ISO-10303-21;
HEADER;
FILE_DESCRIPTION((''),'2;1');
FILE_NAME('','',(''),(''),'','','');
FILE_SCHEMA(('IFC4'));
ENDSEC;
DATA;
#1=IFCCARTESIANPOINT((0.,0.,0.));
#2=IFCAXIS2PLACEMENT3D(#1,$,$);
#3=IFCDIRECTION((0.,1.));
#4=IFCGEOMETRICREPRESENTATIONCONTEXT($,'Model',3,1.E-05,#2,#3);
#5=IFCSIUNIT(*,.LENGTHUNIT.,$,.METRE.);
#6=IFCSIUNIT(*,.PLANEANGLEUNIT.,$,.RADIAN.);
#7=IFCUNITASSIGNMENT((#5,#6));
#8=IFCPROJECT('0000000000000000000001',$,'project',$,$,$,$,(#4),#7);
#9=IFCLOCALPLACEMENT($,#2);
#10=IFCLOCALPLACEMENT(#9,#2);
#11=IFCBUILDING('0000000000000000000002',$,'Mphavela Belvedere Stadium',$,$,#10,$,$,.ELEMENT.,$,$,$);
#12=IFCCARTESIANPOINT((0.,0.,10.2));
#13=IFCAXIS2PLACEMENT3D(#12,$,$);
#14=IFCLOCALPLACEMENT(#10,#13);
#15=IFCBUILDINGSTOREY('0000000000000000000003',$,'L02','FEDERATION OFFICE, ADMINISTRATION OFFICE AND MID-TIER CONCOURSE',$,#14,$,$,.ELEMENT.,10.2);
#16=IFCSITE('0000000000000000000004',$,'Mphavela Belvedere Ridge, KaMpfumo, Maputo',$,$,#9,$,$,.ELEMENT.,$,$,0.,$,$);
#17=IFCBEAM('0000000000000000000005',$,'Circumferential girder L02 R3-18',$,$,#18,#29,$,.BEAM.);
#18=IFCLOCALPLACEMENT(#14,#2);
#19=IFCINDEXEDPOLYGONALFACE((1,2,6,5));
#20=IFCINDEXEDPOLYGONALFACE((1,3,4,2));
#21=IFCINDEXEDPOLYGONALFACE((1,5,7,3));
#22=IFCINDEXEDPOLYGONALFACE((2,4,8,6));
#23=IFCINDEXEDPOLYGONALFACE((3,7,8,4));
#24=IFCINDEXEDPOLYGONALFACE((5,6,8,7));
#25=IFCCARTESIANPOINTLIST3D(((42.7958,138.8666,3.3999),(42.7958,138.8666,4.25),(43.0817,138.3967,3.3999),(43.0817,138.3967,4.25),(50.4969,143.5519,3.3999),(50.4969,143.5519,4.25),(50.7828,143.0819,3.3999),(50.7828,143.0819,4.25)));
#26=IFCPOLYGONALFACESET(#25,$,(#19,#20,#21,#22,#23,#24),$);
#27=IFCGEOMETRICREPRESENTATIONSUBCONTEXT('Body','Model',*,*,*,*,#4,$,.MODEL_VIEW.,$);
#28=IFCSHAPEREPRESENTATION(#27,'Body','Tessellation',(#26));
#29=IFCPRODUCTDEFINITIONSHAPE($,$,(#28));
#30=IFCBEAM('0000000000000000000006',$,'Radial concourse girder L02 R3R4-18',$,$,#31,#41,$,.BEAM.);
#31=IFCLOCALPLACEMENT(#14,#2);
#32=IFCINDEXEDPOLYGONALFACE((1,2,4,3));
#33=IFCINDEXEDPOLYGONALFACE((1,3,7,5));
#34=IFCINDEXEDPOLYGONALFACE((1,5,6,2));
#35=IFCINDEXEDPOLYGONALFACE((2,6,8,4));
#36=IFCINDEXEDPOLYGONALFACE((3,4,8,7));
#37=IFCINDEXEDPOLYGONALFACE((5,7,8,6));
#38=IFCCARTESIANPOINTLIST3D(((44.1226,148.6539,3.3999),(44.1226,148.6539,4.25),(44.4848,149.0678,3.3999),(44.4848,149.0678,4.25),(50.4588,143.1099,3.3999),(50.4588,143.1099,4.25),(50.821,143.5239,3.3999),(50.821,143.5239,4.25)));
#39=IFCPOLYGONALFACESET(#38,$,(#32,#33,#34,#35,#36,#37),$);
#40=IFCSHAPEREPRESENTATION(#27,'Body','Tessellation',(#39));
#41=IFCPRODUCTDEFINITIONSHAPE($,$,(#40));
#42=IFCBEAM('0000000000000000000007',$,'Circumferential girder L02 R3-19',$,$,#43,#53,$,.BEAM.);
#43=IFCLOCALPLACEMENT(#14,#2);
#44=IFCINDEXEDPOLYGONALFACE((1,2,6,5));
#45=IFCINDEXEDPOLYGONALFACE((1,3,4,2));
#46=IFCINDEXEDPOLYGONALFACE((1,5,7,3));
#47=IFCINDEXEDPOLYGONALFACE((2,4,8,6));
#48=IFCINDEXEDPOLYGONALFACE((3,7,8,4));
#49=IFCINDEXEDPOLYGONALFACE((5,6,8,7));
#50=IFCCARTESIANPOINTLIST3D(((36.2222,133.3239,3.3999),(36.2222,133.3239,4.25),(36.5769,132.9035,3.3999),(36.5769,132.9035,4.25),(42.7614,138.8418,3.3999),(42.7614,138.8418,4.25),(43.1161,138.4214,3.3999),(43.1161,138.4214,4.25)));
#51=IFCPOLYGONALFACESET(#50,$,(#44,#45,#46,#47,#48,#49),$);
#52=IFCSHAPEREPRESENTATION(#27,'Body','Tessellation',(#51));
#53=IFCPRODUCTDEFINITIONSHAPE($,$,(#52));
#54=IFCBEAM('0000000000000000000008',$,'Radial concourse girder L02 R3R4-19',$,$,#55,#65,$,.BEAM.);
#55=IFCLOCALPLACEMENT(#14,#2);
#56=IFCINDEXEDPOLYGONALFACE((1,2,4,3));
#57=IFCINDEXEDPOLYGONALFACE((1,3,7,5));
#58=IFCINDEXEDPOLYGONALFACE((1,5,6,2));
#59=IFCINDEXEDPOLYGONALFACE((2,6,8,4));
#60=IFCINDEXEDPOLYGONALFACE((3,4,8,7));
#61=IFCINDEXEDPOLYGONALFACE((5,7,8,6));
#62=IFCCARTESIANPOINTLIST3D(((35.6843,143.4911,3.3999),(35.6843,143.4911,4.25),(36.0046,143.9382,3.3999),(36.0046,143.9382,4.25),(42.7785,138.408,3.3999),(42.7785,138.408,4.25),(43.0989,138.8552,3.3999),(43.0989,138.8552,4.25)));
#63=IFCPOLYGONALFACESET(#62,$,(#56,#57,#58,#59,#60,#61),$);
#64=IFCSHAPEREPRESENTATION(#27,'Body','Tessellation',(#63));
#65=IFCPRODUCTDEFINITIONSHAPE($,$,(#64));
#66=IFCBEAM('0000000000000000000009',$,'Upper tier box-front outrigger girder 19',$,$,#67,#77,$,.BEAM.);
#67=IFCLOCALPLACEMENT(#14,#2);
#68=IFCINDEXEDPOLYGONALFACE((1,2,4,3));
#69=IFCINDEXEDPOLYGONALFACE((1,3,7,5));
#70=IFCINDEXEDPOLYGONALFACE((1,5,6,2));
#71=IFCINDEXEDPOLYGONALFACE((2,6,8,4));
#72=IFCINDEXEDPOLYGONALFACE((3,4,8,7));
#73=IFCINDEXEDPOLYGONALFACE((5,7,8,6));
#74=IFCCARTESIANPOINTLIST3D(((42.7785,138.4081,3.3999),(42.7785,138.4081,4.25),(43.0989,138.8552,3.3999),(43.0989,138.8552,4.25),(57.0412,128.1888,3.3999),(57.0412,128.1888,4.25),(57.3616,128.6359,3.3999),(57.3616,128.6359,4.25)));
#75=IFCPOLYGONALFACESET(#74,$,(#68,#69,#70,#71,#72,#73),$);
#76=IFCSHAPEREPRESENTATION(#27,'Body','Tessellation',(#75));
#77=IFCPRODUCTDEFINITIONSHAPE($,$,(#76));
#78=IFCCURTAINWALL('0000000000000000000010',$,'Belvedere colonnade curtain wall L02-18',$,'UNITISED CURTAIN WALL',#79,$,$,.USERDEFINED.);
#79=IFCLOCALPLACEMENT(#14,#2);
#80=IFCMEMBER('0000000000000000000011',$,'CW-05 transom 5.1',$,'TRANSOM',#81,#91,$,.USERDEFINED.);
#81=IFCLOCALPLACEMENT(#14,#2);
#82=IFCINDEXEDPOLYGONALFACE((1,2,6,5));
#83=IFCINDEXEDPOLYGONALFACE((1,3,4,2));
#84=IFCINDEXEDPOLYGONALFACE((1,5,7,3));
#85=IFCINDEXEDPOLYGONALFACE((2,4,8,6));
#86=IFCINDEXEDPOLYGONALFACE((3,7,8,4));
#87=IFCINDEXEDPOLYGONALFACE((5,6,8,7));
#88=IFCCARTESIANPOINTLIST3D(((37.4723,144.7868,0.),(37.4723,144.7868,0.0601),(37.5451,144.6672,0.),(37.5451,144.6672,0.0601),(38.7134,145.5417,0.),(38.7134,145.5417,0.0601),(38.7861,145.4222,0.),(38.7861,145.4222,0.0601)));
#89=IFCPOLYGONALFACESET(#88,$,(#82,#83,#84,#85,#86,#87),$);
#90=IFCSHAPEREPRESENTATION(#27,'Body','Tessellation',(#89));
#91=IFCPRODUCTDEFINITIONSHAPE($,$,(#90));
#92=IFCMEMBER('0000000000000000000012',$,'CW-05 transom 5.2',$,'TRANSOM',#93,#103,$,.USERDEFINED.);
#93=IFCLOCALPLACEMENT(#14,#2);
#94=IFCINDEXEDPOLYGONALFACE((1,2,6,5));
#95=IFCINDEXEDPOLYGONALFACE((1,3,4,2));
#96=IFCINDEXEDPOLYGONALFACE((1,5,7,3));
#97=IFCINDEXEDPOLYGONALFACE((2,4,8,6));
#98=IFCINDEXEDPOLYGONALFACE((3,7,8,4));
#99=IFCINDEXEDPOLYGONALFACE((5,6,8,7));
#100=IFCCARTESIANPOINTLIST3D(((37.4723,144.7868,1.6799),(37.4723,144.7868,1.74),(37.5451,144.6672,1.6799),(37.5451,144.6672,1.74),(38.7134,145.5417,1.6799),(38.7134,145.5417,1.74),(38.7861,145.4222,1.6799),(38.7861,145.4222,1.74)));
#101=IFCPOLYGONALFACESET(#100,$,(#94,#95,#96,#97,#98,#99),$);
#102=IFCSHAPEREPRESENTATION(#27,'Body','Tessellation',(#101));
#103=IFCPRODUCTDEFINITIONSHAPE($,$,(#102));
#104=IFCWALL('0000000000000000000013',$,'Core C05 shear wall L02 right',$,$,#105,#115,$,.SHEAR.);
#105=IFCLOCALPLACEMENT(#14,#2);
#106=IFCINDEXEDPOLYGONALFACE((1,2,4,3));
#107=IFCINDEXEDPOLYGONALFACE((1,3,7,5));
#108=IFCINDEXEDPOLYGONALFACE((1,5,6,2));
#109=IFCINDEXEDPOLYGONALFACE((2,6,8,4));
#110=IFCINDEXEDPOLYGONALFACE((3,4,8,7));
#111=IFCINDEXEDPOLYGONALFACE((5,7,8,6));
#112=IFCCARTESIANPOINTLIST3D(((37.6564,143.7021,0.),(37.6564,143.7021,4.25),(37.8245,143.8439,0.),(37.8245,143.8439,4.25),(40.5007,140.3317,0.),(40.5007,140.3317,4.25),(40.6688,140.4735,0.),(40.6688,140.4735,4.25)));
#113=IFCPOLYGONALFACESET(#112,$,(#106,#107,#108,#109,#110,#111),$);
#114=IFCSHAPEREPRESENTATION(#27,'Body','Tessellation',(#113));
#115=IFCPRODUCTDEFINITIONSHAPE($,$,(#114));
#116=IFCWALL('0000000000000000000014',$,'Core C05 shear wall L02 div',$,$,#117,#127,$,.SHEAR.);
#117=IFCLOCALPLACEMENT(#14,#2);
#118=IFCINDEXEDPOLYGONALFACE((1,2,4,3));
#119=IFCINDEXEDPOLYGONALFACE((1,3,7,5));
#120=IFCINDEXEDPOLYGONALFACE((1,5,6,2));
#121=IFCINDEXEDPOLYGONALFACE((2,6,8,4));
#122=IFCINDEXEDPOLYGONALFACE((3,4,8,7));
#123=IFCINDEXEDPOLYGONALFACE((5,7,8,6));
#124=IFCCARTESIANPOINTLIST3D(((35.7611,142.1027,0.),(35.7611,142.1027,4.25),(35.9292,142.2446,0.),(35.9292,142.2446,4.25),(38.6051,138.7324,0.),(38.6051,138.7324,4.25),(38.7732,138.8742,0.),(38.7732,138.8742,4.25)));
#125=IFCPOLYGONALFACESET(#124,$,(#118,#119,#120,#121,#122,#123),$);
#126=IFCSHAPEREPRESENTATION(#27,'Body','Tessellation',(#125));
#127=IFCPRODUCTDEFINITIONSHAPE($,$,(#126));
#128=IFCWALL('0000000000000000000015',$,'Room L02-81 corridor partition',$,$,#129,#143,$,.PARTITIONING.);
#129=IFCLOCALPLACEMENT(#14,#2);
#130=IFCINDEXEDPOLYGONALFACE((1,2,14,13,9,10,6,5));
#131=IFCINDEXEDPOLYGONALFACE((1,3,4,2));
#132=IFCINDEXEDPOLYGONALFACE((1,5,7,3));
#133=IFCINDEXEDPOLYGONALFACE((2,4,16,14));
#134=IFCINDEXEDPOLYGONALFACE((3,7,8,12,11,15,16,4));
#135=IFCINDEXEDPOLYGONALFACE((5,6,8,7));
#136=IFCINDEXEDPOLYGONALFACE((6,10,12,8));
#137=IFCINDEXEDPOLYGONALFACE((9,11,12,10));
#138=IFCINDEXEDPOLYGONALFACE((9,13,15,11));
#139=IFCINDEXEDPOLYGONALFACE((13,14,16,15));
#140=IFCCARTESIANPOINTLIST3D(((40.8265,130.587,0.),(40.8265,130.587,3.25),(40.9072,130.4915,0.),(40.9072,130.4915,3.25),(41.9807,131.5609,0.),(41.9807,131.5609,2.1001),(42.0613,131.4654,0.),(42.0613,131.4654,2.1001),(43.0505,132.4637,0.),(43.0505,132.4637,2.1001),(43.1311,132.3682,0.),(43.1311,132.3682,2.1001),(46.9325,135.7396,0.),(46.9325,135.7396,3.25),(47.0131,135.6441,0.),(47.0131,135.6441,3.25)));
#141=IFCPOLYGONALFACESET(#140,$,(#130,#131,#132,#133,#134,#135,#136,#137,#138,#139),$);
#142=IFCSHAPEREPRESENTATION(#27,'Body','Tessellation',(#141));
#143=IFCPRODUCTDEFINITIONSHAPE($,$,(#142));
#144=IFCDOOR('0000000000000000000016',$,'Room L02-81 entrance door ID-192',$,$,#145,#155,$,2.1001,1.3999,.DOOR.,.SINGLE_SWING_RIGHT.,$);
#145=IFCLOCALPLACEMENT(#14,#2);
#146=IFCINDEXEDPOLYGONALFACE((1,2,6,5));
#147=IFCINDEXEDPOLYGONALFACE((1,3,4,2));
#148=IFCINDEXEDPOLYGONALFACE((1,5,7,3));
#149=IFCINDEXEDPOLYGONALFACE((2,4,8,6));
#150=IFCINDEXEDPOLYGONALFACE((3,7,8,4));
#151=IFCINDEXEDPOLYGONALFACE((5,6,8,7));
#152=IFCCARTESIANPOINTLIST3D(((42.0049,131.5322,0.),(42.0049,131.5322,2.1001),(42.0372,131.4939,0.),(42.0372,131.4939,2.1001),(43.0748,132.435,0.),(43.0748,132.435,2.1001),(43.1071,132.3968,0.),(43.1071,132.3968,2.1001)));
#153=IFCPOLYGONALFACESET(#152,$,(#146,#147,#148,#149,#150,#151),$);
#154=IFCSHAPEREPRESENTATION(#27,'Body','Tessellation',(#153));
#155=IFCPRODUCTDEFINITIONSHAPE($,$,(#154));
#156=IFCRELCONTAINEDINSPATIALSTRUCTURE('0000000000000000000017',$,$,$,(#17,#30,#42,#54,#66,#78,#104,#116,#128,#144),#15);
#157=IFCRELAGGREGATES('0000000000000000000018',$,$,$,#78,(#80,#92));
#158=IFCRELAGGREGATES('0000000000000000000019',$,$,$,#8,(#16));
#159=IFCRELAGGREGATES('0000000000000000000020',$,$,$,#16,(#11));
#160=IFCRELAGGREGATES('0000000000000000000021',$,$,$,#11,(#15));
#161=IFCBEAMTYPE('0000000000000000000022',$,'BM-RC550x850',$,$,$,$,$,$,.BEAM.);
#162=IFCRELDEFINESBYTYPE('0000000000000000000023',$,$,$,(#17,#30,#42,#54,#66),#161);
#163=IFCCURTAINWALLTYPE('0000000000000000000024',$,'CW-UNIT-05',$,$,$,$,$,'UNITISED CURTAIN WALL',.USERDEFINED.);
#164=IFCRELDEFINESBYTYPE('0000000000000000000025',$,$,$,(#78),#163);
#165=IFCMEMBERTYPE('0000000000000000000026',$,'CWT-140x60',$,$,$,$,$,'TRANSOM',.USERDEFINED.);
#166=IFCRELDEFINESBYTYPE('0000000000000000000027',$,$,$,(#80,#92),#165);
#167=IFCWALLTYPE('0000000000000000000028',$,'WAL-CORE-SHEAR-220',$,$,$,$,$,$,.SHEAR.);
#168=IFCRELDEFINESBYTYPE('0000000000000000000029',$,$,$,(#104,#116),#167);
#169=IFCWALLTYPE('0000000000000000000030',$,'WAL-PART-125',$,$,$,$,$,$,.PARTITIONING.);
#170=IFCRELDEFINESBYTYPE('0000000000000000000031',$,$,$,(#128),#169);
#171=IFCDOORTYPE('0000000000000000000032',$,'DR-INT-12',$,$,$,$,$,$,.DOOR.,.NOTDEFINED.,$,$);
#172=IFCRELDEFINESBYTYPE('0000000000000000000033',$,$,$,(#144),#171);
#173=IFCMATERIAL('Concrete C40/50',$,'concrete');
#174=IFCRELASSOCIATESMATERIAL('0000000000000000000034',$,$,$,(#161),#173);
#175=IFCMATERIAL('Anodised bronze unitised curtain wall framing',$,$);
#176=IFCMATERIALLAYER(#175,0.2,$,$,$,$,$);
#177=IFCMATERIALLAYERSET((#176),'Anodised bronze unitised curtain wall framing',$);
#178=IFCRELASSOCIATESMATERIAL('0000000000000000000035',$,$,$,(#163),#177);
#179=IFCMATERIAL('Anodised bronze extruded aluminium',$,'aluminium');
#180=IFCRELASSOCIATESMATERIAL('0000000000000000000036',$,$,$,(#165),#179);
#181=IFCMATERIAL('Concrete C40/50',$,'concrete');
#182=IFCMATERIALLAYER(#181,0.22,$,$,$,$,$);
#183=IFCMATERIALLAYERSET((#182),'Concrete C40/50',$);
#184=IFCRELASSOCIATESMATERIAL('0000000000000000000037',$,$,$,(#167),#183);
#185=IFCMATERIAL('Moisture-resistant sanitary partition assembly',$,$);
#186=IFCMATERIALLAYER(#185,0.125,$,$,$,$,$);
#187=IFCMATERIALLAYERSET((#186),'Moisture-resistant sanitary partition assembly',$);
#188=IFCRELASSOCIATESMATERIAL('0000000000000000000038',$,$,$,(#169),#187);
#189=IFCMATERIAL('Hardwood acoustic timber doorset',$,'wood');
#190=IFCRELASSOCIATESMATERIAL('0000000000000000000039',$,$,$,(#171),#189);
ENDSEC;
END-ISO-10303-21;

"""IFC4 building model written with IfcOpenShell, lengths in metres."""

from ifc_helpers import new_model, si_unit, direction, frame, frame_2d, origin, origin_2d, place, context, subcontext, project, spatial, rectangle, extrude, material, layer, layer_set, material_profile, profile_set, type_object, element, fill, aggregate, save


model = new_model("IFC4")

# Units and contexts
model_context = context("Model", 3, precision=1e-05, world=origin(), true_north=direction((0.0, 1.0)))
body_context = subcontext(model_context, "Body", "Model", "MODEL_VIEW")
ifc_project = project(units=[si_unit("LENGTHUNIT", "METRE"), si_unit("PLANEANGLEUNIT", "RADIAN")], contexts=[model_context])

# Site, building, storey
site_placement = place(None, origin())
site = spatial("IfcSite", under=ifc_project, at=site_placement, Name="Mphavela Belvedere Ridge, KaMpfumo, Maputo", CompositionType="ELEMENT", RefElevation=0.0)
building_placement = place(site_placement, origin())
building = spatial("IfcBuilding", under=site, at=building_placement, Name="Mphavela Belvedere Stadium", CompositionType="ELEMENT")
storey_placement = place(building_placement, frame((0.0, 0.0, 10.2)))
storey = spatial("IfcBuildingStorey", under=building, at=storey_placement, Name="L02", Description="FEDERATION OFFICE, ADMINISTRATION OFFICE AND MID-TIER CONCOURSE", CompositionType="ELEMENT", Elevation=10.2)

# Beams
ifc_material_1 = material(Name="Concrete C40/50", Category="concrete")
ifc_material_profile_1 = material_profile(ifc_material_1, rectangle(XDim=0.55, YDim=0.8501, at=origin_2d()), Name="RC 550x850")
ifc_profile_set_1 = profile_set([ifc_material_profile_1], Name="Concrete C40/50")
beam_type_1 = type_object("IfcBeamType", Name="BM-RC550x850", PredefinedType="BEAM", material=ifc_profile_set_1)
beam_1_placement = place(storey_placement, frame((50.6399, 143.3169, 3.825), z_axis=(-0.854315, -0.519755, 0.0), x_axis=(0.519755, -0.854315, 0.0)))
element("IfcBeam", 1, at=beam_1_placement, inside=storey, type_object=beam_type_1, Name="Circumferential girder L02 R3-18", PredefinedType="BEAM", context=body_context, shape_type="SweptSolid", body=[
    extrude(rectangle(XDim=0.55, YDim=0.8501, at=origin_2d()), origin(), (0.0, 0.0, 1.0), 9.0144),
])
beam_2_placement = place(storey_placement, frame((50.6399, 143.3169, 3.825), z_axis=(-0.752589, 0.65849, 0.0), x_axis=(-0.65849, -0.752589, 0.0)))
element("IfcBeam", 2, at=beam_2_placement, inside=storey, type_object=beam_type_1, Name="Radial concourse girder L02 R3R4-18", PredefinedType="BEAM", context=body_context, shape_type="SweptSolid", body=[
    extrude(rectangle(XDim=0.55, YDim=0.8501, at=origin_2d()), origin(), (0.0, 0.0, 1.0), 8.4192),
])
beam_3_placement = place(storey_placement, frame((42.9387, 138.6316, 3.825), z_axis=(-0.764263, -0.644904, 0.0), x_axis=(0.644904, -0.764263, 0.0)))
element("IfcBeam", 3, at=beam_3_placement, inside=storey, type_object=beam_type_1, Name="Circumferential girder L02 R3-19", PredefinedType="BEAM", context=body_context, shape_type="SweptSolid", body=[
    extrude(rectangle(XDim=0.55, YDim=0.8501, at=origin_2d()), origin(), (0.0, 0.0, 1.0), 8.5562),
])
beam_4_placement = place(storey_placement, frame((42.9387, 138.6316, 3.825), z_axis=(-0.812882, 0.582428, 0.0), x_axis=(-0.582428, -0.812882, 0.0)))
element("IfcBeam", 4, at=beam_4_placement, inside=storey, type_object=beam_type_1, Name="Radial concourse girder L02 R3R4-19", PredefinedType="BEAM", context=body_context, shape_type="SweptSolid", body=[
    extrude(rectangle(XDim=0.55, YDim=0.8501, at=origin_2d()), origin(), (0.0, 0.0, 1.0), 8.7273),
])
beam_5_placement = place(storey_placement, frame((57.2014, 128.4124, 3.825), z_axis=(-0.812881, 0.58243, 0.0), x_axis=(-0.58243, -0.812881, 0.0)))
element("IfcBeam", 5, at=beam_5_placement, inside=storey, type_object=beam_type_1, Name="Upper tier box-front outrigger girder 19", PredefinedType="BEAM", context=body_context, shape_type="SweptSolid", body=[
    extrude(rectangle(XDim=0.55, YDim=0.8501, at=origin_2d()), origin(), (0.0, 0.0, 1.0), 17.5459),
])

# Curtain wall, members
ifc_material_2 = material(Name="Anodised bronze unitised curtain wall framing")
ifc_layer_1 = layer(ifc_material_2, 0.2)
ifc_layer_set_1 = layer_set([ifc_layer_1], Name="Anodised bronze unitised curtain wall framing")
curtain_wall_type = type_object("IfcCurtainWallType", Name="CW-UNIT-05", ElementType="UNITISED CURTAIN WALL", PredefinedType="USERDEFINED", material=ifc_layer_set_1)
curtain_wall_placement = place(storey_placement, origin())
curtain_wall = element("IfcCurtainWall", 6, at=curtain_wall_placement, inside=storey, type_object=curtain_wall_type, Name="Belvedere colonnade curtain wall L02-18", ObjectType="UNITISED CURTAIN WALL", PredefinedType="USERDEFINED")
ifc_material_3 = material(Name="Anodised bronze extruded aluminium", Category="aluminium")
ifc_material_profile_2 = material_profile(ifc_material_3, rectangle(XDim=0.1399, YDim=0.0601, at=origin_2d()), Name="CW-TRN 140x60")
ifc_profile_set_2 = profile_set([ifc_material_profile_2], Name="Anodised bronze extruded aluminium")
member_type = type_object("IfcMemberType", Name="CWT-140x60", ElementType="TRANSOM", PredefinedType="USERDEFINED", material=ifc_profile_set_2)
member_1_placement = place(storey_placement, frame((38.7498, 145.4819, 0.03), z_axis=(-0.854348, -0.519702, 0.0), x_axis=(0.519702, -0.854348, 0.0)))
member_1 = element("IfcMember", 7, at=member_1_placement, type_object=member_type, Name="CW-05 transom 5.1", ObjectType="TRANSOM", PredefinedType="USERDEFINED", context=body_context, shape_type="SweptSolid", body=[
    extrude(rectangle(XDim=0.1399, YDim=0.0601, at=origin_2d()), origin(), (0.0, 0.0, 1.0), 1.4526),
])
member_2_placement = place(storey_placement, frame((38.7498, 145.4819, 1.71), z_axis=(-0.854348, -0.519702, 0.0), x_axis=(0.519702, -0.854348, 0.0)))
member_2 = element("IfcMember", 8, at=member_2_placement, type_object=member_type, Name="CW-05 transom 5.2", ObjectType="TRANSOM", PredefinedType="USERDEFINED", context=body_context, shape_type="SweptSolid", body=[
    extrude(rectangle(XDim=0.1399, YDim=0.0601, at=origin_2d()), origin(), (0.0, 0.0, 1.0), 1.4526),
])
aggregate(curtain_wall, [member_1, member_2])

# Walls
ifc_material_4 = material(Name="Concrete C40/50", Category="concrete")
ifc_layer_2 = layer(ifc_material_4, 0.22)
ifc_layer_set_2 = layer_set([ifc_layer_2], Name="Concrete C40/50")
wall_type_1 = type_object("IfcWallType", Name="WAL-CORE-SHEAR-220", PredefinedType="SHEAR", material=ifc_layer_set_2)
wall_1_placement = place(storey_placement, frame((40.5847, 140.4026, 0.0), z_axis=(0.0, 0.0, 1.0), x_axis=(-0.644937, 0.764236, 0.0)))
element("IfcWall", 9, at=wall_1_placement, inside=storey, type_object=wall_type_1, Name="Core C05 shear wall L02 right", PredefinedType="SHEAR", context=body_context, shape_type="SweptSolid", body=[
    extrude(rectangle(XDim=4.4102, YDim=0.22, at=frame_2d((2.2051, 0.0))), origin(), (0.0, 0.0, 1.0), 4.25),
])
wall_2_placement = place(storey_placement, frame((38.6892, 138.8032, 0.0), z_axis=(0.0, 0.0, 1.0), x_axis=(-0.644904, 0.764263, 0.0)))
element("IfcWall", 10, at=wall_2_placement, inside=storey, type_object=wall_type_1, Name="Core C05 shear wall L02 div", PredefinedType="SHEAR", context=body_context, shape_type="SweptSolid", body=[
    extrude(rectangle(XDim=4.4099, YDim=0.22, at=frame_2d((2.2051, 0.0))), origin(), (0.0, 0.0, 1.0), 4.25),
])

# Wall, opening, door
ifc_material_5 = material(Name="Moisture-resistant sanitary partition assembly")
ifc_layer_3 = layer(ifc_material_5, 0.125)
ifc_layer_set_3 = layer_set([ifc_layer_3], Name="Moisture-resistant sanitary partition assembly")
wall_type_2 = type_object("IfcWallType", Name="WAL-PART-125", PredefinedType="PARTITIONING", material=ifc_layer_set_3)
wall_3_placement = place(storey_placement, frame((40.8669, 130.5393, 0.0), z_axis=(0.0, 0.0, 1.0), x_axis=(0.764249, 0.644921, 0.0)))
wall_3 = element("IfcWall", 11, at=wall_3_placement, inside=storey, type_object=wall_type_2, Name="Room L02-81 corridor partition", PredefinedType="PARTITIONING", context=body_context, shape_type="SweptSolid", body=[
    extrude(rectangle(XDim=7.9895, YDim=0.125, at=frame_2d((3.9946, 0.0))), origin(), (0.0, 0.0, 1.0), 3.25),
])
opening_1_placement = place(wall_3_placement, frame((1.51, 0.0, 0.0)))
opening_1 = element("IfcOpeningElement", 12, at=opening_1_placement, cuts=wall_3, PredefinedType="OPENING", context=body_context, shape_type="SweptSolid", body=[
    extrude(rectangle(XDim=1.3999, YDim=2.1001, at=frame_2d((0.7, 1.05))), frame((0.0, 0.0725, 0.0), z_axis=(0.0, -1.0, 0.0), x_axis=(1.0, 0.0, 0.0)), (0.0, 0.0, 1.0), 0.145),
])
ifc_material_6 = material(Name="Hardwood acoustic timber doorset", Category="wood")
door_type_1 = type_object("IfcDoorType", Name="DR-INT-12", OperationType="NOTDEFINED", PredefinedType="DOOR", material=ifc_material_6)
door_1_placement = place(opening_1_placement, origin())
door_1 = element("IfcDoor", 13, at=door_1_placement, inside=storey, type_object=door_type_1, Name="Room L02-81 entrance door ID-192", OperationType="SINGLE_SWING_RIGHT", OverallHeight=2.1001, OverallWidth=1.3999, PredefinedType="DOOR", context=body_context, shape_type="SweptSolid", body=[
    extrude(rectangle(XDim=1.3999, YDim=2.1001, at=frame_2d((0.7, 1.05))), frame((0.0, 0.0249, 0.0), z_axis=(0.0, -1.0, 0.0), x_axis=(1.0, 0.0, 0.0)), (0.0, 0.0, 1.0), 0.05),
])
fill(opening_1, door_1)

save(model, "model.ifc")
